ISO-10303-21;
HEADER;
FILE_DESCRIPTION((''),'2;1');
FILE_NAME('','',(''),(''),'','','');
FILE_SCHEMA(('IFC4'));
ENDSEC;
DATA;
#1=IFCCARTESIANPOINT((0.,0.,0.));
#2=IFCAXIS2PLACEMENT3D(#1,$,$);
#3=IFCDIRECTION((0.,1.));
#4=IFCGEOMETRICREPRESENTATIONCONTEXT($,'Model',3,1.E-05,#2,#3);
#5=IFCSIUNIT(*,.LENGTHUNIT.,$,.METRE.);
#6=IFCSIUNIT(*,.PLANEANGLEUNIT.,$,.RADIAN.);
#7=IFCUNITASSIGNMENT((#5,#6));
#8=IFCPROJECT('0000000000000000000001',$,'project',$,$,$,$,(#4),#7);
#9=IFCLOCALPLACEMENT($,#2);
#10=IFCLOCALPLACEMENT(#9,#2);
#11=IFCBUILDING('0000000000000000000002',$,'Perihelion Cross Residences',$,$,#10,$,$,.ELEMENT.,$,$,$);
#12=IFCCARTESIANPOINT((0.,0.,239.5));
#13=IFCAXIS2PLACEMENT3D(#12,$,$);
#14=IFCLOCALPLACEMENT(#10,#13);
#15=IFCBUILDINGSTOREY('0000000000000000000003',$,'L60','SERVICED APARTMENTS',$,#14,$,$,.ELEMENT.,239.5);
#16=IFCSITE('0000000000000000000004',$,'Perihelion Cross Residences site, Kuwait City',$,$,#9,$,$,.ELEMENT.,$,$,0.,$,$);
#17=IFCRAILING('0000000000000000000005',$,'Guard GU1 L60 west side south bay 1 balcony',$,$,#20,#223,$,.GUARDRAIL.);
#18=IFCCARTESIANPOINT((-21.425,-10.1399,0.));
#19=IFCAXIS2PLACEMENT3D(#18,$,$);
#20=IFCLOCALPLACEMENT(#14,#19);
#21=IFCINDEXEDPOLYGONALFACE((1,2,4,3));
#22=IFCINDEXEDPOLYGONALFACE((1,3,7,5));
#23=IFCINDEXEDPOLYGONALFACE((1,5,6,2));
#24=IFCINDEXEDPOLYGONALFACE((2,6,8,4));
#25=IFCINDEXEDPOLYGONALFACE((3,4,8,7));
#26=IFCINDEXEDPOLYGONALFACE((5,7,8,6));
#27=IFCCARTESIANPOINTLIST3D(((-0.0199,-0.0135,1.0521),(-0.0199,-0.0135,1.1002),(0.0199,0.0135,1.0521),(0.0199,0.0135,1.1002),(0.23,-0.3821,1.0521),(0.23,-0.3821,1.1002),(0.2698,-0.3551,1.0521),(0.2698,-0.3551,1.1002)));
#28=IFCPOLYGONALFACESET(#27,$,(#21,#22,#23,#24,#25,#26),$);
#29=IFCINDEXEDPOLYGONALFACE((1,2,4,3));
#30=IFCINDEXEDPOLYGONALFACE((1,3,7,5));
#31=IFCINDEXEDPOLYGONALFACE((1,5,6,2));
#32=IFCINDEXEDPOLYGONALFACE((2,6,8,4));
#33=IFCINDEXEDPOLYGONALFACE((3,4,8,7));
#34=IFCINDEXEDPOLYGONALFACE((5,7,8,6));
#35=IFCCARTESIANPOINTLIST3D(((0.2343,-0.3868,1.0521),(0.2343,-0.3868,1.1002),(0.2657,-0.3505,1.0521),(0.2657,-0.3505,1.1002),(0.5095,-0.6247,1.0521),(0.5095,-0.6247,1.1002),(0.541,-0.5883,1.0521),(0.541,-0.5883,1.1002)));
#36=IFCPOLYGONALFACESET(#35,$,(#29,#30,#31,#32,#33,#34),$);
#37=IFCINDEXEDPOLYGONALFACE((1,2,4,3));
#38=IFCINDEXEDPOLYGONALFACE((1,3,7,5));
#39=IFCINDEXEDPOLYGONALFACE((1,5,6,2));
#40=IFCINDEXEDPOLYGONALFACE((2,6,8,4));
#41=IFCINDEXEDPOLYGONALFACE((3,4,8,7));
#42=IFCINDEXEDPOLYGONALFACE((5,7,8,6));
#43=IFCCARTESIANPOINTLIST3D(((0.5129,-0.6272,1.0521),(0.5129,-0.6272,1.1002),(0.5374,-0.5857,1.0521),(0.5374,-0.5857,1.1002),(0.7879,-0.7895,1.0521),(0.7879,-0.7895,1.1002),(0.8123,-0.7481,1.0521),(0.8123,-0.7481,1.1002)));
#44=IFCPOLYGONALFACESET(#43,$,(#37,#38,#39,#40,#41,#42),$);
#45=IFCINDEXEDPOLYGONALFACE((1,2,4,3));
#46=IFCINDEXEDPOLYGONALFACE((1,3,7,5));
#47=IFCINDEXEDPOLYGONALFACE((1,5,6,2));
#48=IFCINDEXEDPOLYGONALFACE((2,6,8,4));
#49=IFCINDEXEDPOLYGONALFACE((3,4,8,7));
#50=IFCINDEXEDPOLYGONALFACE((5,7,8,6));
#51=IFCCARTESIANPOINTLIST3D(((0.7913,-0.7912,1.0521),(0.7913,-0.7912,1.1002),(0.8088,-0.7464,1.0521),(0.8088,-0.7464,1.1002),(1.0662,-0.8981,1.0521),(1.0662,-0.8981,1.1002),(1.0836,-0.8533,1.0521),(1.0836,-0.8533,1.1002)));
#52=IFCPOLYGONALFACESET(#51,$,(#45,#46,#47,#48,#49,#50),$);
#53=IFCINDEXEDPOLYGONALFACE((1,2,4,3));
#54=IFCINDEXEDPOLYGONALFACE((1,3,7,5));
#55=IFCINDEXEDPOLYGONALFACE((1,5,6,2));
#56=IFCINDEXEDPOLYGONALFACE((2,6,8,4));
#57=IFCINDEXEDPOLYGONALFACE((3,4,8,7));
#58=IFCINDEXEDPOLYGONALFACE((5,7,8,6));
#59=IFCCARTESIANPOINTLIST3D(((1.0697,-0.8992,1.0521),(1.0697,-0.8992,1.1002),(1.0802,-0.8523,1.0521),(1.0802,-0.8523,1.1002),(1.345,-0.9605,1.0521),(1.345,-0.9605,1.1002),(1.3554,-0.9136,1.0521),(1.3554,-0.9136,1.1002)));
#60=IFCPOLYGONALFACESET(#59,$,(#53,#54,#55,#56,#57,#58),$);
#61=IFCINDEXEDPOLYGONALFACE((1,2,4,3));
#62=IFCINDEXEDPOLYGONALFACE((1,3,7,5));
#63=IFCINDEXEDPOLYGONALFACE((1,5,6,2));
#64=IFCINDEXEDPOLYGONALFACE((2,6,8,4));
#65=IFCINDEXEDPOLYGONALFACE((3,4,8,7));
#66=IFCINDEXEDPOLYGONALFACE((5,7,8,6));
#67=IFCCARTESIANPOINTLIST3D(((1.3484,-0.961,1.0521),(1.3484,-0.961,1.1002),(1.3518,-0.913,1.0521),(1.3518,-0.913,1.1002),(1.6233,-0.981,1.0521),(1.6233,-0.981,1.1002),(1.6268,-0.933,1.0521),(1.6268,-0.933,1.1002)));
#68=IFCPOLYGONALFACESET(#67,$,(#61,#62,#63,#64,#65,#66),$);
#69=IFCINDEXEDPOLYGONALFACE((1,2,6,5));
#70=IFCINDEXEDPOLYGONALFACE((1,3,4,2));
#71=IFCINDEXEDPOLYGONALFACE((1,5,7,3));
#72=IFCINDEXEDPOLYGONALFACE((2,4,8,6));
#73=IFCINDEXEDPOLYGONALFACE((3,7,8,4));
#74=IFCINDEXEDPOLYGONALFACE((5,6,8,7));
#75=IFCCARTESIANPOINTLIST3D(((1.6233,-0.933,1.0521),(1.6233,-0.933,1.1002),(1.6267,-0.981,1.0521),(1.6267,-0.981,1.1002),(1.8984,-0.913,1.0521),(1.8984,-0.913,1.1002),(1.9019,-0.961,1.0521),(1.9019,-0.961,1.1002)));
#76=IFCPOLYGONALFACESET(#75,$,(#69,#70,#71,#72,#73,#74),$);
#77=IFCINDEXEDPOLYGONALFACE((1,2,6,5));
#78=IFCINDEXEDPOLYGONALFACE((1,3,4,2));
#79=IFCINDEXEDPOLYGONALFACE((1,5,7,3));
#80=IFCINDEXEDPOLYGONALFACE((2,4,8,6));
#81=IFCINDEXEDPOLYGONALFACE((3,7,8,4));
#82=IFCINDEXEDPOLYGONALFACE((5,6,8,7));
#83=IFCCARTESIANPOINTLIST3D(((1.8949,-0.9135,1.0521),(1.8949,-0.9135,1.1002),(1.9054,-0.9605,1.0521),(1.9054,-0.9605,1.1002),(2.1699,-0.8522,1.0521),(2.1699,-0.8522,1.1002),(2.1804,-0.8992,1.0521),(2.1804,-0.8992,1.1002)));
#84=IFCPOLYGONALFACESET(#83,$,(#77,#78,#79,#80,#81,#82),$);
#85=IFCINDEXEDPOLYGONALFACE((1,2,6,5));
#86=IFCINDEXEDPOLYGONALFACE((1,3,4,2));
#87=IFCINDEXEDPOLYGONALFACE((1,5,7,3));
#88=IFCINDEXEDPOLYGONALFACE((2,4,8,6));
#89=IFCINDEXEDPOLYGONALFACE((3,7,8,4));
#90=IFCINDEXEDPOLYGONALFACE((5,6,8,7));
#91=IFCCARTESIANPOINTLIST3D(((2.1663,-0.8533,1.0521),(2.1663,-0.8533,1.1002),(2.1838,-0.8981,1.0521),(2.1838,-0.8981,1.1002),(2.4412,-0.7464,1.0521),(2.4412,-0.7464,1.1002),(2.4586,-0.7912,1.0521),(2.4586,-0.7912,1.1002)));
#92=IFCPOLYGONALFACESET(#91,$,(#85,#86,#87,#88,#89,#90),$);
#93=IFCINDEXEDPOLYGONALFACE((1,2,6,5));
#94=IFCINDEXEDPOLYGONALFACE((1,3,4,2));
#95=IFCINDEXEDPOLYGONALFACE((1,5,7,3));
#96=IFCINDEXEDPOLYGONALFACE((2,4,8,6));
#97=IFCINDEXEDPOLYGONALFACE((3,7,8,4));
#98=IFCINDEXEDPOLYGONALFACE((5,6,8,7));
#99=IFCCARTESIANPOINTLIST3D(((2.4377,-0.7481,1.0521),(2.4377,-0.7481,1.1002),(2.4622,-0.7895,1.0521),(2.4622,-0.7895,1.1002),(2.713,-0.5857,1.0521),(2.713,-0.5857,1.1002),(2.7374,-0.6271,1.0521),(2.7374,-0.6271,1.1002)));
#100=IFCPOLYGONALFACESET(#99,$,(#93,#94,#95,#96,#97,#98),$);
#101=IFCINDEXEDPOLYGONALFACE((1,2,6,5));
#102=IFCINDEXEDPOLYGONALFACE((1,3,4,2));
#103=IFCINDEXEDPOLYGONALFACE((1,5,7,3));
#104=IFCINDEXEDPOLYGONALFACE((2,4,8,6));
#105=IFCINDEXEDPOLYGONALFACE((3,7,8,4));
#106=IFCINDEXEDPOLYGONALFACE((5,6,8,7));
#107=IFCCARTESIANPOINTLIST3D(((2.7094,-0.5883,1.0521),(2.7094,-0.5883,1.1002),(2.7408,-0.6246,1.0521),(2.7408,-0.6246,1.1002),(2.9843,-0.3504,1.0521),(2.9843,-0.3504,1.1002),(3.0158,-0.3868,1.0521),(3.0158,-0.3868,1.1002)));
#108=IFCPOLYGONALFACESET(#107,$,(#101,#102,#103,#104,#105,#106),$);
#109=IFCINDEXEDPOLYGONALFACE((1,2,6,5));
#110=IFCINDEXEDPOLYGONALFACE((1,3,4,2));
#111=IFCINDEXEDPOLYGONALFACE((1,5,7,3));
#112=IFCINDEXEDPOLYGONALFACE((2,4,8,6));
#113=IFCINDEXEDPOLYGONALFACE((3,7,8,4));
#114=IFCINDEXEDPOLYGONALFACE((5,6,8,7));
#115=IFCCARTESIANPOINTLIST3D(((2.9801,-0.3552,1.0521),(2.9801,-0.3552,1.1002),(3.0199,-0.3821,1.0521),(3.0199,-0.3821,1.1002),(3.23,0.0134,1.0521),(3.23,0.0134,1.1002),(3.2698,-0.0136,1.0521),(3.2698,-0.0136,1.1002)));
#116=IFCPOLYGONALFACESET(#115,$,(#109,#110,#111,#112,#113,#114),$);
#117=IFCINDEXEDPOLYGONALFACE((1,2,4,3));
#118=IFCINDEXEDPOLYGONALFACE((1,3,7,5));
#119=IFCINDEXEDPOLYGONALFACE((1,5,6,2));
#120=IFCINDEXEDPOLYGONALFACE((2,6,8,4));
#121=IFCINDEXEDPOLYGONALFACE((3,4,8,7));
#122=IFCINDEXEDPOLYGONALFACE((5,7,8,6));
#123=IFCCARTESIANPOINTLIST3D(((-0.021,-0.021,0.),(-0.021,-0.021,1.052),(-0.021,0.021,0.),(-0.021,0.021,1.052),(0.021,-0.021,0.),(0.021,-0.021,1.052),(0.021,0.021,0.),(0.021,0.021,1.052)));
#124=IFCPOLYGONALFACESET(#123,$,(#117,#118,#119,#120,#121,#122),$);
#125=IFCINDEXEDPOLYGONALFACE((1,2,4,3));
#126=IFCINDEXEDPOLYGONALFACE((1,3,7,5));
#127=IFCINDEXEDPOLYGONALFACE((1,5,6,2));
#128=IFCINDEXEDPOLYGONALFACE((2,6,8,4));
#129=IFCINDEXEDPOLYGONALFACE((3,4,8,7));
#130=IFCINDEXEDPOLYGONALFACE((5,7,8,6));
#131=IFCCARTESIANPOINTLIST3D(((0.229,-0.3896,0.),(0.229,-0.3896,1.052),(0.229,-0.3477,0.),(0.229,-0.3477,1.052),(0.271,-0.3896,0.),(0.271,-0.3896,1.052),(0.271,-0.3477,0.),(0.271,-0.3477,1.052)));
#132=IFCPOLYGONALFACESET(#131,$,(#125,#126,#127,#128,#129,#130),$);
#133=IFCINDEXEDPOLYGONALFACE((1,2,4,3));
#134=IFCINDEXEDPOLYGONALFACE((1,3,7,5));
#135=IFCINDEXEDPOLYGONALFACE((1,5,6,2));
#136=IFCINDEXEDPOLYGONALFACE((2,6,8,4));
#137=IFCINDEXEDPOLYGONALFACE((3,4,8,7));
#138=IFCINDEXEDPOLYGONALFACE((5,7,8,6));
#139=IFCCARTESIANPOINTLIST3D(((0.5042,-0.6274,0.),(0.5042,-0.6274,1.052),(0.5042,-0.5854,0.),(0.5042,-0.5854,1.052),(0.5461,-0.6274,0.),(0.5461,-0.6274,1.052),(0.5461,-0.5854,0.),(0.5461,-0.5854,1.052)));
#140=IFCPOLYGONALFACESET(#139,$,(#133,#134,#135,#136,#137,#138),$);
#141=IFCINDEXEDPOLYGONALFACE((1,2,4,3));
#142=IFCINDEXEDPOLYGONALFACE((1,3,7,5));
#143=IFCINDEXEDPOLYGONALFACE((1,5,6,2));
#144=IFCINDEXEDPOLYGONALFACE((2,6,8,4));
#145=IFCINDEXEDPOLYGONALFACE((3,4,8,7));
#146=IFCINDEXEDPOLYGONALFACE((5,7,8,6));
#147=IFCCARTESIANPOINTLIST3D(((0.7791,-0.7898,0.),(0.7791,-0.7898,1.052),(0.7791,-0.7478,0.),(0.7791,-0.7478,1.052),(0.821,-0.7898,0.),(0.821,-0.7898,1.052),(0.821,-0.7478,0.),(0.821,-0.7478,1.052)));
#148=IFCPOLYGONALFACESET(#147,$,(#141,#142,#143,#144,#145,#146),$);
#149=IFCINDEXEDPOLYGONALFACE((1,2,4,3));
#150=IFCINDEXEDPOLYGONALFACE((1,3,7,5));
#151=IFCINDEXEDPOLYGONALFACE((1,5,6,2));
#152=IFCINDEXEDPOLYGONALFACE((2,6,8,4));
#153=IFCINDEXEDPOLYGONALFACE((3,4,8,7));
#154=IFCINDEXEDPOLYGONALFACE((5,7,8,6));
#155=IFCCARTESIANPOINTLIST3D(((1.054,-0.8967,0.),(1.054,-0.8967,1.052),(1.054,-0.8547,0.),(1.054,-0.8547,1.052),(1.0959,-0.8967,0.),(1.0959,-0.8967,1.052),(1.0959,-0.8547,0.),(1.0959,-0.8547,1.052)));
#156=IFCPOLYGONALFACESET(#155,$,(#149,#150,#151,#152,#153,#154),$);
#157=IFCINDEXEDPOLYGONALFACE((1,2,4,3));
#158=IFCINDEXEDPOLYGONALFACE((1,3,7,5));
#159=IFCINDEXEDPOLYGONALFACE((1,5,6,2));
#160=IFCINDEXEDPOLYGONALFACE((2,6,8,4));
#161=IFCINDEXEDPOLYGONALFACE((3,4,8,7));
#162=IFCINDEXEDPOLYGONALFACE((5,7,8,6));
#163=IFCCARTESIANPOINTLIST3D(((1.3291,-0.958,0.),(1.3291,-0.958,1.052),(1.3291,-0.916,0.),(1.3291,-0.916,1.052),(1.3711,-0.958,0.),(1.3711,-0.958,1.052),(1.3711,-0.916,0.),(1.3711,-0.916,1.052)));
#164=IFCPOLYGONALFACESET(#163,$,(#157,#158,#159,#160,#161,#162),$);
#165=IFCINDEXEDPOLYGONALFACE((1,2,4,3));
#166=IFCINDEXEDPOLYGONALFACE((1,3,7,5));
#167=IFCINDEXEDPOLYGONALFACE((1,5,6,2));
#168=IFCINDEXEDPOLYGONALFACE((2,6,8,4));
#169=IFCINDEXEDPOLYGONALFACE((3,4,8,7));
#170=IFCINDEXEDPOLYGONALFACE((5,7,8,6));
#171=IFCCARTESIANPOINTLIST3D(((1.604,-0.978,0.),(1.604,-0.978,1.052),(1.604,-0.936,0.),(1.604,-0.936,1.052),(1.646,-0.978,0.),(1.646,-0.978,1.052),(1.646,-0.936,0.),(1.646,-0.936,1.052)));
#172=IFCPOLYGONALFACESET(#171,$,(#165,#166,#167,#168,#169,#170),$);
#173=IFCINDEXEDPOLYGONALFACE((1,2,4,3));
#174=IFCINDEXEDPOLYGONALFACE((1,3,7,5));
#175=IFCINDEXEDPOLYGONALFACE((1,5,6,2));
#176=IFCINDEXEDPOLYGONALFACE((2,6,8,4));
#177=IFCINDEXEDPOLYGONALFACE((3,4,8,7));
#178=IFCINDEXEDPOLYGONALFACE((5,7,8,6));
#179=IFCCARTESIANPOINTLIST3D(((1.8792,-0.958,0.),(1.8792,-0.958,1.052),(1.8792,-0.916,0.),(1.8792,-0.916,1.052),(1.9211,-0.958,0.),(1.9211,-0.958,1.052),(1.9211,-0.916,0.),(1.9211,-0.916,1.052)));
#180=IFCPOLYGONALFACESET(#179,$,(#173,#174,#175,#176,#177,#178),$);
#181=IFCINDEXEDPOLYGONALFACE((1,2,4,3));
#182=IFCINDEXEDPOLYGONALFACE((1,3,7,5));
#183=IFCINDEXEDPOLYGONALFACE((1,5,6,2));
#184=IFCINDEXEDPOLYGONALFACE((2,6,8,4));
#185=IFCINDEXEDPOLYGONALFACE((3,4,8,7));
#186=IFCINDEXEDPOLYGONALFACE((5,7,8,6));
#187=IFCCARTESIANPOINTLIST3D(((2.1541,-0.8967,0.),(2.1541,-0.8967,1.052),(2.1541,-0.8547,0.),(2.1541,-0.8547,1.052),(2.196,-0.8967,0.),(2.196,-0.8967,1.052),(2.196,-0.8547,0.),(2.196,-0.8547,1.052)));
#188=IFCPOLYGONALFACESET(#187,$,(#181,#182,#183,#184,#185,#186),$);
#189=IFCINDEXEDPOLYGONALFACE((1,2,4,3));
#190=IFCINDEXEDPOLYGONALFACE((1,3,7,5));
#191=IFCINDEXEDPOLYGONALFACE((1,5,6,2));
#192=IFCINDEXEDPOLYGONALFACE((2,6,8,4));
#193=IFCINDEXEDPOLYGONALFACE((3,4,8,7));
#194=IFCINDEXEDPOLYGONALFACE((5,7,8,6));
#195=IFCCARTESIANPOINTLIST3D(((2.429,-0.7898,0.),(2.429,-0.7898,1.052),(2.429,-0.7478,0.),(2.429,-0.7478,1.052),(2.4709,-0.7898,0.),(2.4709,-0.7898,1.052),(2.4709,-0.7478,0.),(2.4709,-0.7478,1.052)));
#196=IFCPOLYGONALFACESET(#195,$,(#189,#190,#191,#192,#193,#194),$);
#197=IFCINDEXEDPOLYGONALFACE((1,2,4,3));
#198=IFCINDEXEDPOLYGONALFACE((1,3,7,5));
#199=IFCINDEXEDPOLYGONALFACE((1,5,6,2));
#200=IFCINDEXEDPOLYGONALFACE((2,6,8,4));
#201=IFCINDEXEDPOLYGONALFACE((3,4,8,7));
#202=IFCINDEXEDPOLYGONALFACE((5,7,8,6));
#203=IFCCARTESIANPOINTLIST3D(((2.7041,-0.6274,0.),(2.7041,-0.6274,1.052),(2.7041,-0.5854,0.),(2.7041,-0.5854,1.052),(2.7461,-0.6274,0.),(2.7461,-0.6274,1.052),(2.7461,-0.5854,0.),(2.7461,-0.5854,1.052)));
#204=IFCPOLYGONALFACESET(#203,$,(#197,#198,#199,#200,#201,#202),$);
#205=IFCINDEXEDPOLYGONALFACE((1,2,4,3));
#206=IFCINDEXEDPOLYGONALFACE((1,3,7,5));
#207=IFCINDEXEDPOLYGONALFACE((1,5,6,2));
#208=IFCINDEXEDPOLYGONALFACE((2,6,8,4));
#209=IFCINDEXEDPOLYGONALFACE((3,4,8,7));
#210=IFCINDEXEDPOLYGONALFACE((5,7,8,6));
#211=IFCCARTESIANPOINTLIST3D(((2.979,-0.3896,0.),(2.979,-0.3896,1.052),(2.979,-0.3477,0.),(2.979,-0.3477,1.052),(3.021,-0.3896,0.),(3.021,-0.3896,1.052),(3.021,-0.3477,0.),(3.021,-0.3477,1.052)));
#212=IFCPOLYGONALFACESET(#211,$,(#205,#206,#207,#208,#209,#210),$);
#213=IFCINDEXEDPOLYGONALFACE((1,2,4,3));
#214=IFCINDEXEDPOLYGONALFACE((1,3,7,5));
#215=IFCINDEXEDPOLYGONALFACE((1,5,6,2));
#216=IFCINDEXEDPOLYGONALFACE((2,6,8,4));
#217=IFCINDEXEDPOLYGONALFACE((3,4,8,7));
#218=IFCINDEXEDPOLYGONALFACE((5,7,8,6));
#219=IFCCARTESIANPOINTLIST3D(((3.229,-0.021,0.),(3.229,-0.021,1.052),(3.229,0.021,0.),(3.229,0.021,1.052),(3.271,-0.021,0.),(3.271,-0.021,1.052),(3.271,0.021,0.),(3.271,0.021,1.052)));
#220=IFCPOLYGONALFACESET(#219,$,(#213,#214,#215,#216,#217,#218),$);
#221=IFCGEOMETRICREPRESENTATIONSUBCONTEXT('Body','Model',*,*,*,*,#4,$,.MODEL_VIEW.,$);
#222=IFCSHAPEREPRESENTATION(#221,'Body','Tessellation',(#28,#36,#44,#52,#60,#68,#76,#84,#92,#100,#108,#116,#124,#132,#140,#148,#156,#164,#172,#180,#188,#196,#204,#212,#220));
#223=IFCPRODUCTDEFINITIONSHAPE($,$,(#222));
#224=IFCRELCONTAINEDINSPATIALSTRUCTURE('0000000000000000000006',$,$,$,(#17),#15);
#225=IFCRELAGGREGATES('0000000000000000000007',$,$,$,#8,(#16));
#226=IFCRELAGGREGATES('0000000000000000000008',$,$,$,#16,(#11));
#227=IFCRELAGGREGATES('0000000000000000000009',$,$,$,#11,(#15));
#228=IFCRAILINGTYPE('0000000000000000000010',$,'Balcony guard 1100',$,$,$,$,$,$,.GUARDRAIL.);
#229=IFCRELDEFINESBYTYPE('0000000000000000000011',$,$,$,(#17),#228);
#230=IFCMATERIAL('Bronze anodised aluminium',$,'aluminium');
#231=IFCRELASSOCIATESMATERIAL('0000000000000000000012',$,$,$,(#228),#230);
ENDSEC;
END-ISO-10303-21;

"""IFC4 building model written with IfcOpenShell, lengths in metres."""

from ifc_helpers import new_model, si_unit, direction, frame, origin, origin_2d, place, context, subcontext, project, spatial, rectangle, extrude, material, type_object, element, save


model = new_model("IFC4")

# Units and contexts
model_context = context("Model", 3, precision=1e-05, world=origin(), true_north=direction((0.0, 1.0)))
body_context = subcontext(model_context, "Body", "Model", "MODEL_VIEW")
ifc_project = project(units=[si_unit("LENGTHUNIT", "METRE"), si_unit("PLANEANGLEUNIT", "RADIAN")], contexts=[model_context])

# Site, building, storey
site_placement = place(None, origin())
site = spatial("IfcSite", under=ifc_project, at=site_placement, Name="Perihelion Cross Residences site, Kuwait City", CompositionType="ELEMENT", RefElevation=0.0)
building_placement = place(site_placement, origin())
building = spatial("IfcBuilding", under=site, at=building_placement, Name="Perihelion Cross Residences", CompositionType="ELEMENT")
storey_placement = place(building_placement, frame((0.0, 0.0, 239.5)))
storey = spatial("IfcBuildingStorey", under=building, at=storey_placement, Name="L60", Description="SERVICED APARTMENTS", CompositionType="ELEMENT", Elevation=239.5)

# Railing
ifc_material_1 = material(Name="Bronze anodised aluminium", Category="aluminium")
railing_type_1 = type_object("IfcRailingType", Name="Balcony guard 1100", PredefinedType="GUARDRAIL", material=ifc_material_1)
railing_1_placement = place(storey_placement, frame((-21.425, -10.1399, 0.0)))
element("IfcRailing", 1, at=railing_1_placement, inside=storey, type_object=railing_type_1, Name="Guard GU1 L60 west side south bay 1 balcony", PredefinedType="GUARDRAIL", context=body_context, shape_type="SweptSolid", body=[
    extrude(rectangle(XDim=0.0481, YDim=0.0481, at=origin_2d()), frame((0.0, 0.0, 1.0762), z_axis=(0.56126, -0.827639, 0.0), x_axis=(0.827639, 0.56126, 0.0)), (0.0, 0.0, 1.0), 0.4453),
    extrude(rectangle(XDim=0.0481, YDim=0.0481, at=origin_2d()), frame((0.25, -0.3687, 1.0762), z_axis=(0.756597, -0.653882, 0.0), x_axis=(0.653882, 0.756597, 0.0)), (0.0, 0.0, 1.0), 0.3638),
    extrude(rectangle(XDim=0.0481, YDim=0.0481, at=origin_2d()), frame((0.5251, -0.6064, 1.0762), z_axis=(0.861048, -0.508523, 0.0), x_axis=(0.508523, 0.861048, 0.0)), (0.0, 0.0, 1.0), 0.3193),
    extrude(rectangle(XDim=0.0481, YDim=0.0481, at=origin_2d()), frame((0.8, -0.7688, 1.0762), z_axis=(0.931974, -0.362526, 0.0), x_axis=(0.362526, 0.931974, 0.0)), (0.0, 0.0, 1.0), 0.2949),
    extrude(rectangle(XDim=0.0481, YDim=0.0481, at=origin_2d()), frame((1.075, -0.8757, 1.0762), z_axis=(0.976085, -0.217389, 0.0), x_axis=(0.217389, 0.976085, 0.0)), (0.0, 0.0, 1.0), 0.282),
    extrude(rectangle(XDim=0.0481, YDim=0.0481, at=origin_2d()), frame((1.3501, -0.937, 1.0762), z_axis=(0.997359, -0.072632, 0.0), x_axis=(0.072632, 0.997359, 0.0)), (0.0, 0.0, 1.0), 0.2756),
    extrude(rectangle(XDim=0.0481, YDim=0.0481, at=origin_2d()), frame((1.625, -0.957, 1.0762), z_axis=(0.997363, 0.072568, 0.0), x_axis=(-0.072568, 0.997363, 0.0)), (0.0, 0.0, 1.0), 0.2759),
    extrude(rectangle(XDim=0.0481, YDim=0.0481, at=origin_2d()), frame((1.9001, -0.937, 1.0762), z_axis=(0.976044, 0.217573, 0.0), x_axis=(-0.217573, 0.976044, 0.0)), (0.0, 0.0, 1.0), 0.2817),
    extrude(rectangle(XDim=0.0481, YDim=0.0481, at=origin_2d()), frame((2.175, -0.8757, 1.0762), z_axis=(0.931974, 0.362526, 0.0), x_axis=(-0.362526, 0.931974, 0.0)), (0.0, 0.0, 1.0), 0.2949),
    extrude(rectangle(XDim=0.0481, YDim=0.0481, at=origin_2d()), frame((2.45, -0.7688, 1.0762), z_axis=(0.861246, 0.508189, 0.0), x_axis=(-0.508189, 0.861246, 0.0)), (0.0, 0.0, 1.0), 0.3196),
    extrude(rectangle(XDim=0.0481, YDim=0.0481, at=origin_2d()), frame((2.7251, -0.6064, 1.0762), z_axis=(0.756309, 0.654214, 0.0), x_axis=(-0.654214, 0.756309, 0.0)), (0.0, 0.0, 1.0), 0.3635),
    extrude(rectangle(XDim=0.0481, YDim=0.0481, at=origin_2d()), frame((3.0, -0.3687, 1.0762), z_axis=(0.56126, 0.827639, 0.0), x_axis=(-0.827639, 0.56126, 0.0)), (0.0, 0.0, 1.0), 0.4453),
    extrude(rectangle(XDim=0.042, YDim=0.042, at=origin_2d()), origin(), (0.0, 0.0, 1.0), 1.052),
    extrude(rectangle(XDim=0.042, YDim=0.042, at=origin_2d()), frame((0.25, -0.3687, 0.0)), (0.0, 0.0, 1.0), 1.052),
    extrude(rectangle(XDim=0.042, YDim=0.042, at=origin_2d()), frame((0.5251, -0.6064, 0.0)), (0.0, 0.0, 1.0), 1.052),
    extrude(rectangle(XDim=0.042, YDim=0.042, at=origin_2d()), frame((0.8, -0.7688, 0.0)), (0.0, 0.0, 1.0), 1.052),
    extrude(rectangle(XDim=0.042, YDim=0.042, at=origin_2d()), frame((1.075, -0.8757, 0.0)), (0.0, 0.0, 1.0), 1.052),
    extrude(rectangle(XDim=0.042, YDim=0.042, at=origin_2d()), frame((1.3501, -0.937, 0.0)), (0.0, 0.0, 1.0), 1.052),
    extrude(rectangle(XDim=0.042, YDim=0.042, at=origin_2d()), frame((1.625, -0.957, 0.0)), (0.0, 0.0, 1.0), 1.052),
    extrude(rectangle(XDim=0.042, YDim=0.042, at=origin_2d()), frame((1.9001, -0.937, 0.0)), (0.0, 0.0, 1.0), 1.052),
    extrude(rectangle(XDim=0.042, YDim=0.042, at=origin_2d()), frame((2.175, -0.8757, 0.0)), (0.0, 0.0, 1.0), 1.052),
    extrude(rectangle(XDim=0.042, YDim=0.042, at=origin_2d()), frame((2.45, -0.7688, 0.0)), (0.0, 0.0, 1.0), 1.052),
    extrude(rectangle(XDim=0.042, YDim=0.042, at=origin_2d()), frame((2.7251, -0.6064, 0.0)), (0.0, 0.0, 1.0), 1.052),
    extrude(rectangle(XDim=0.042, YDim=0.042, at=origin_2d()), frame((3.0, -0.3687, 0.0)), (0.0, 0.0, 1.0), 1.052),
    extrude(rectangle(XDim=0.042, YDim=0.042, at=origin_2d()), frame((3.25, 0.0, 0.0)), (0.0, 0.0, 1.0), 1.052),
])

save(model, "model.ifc")
